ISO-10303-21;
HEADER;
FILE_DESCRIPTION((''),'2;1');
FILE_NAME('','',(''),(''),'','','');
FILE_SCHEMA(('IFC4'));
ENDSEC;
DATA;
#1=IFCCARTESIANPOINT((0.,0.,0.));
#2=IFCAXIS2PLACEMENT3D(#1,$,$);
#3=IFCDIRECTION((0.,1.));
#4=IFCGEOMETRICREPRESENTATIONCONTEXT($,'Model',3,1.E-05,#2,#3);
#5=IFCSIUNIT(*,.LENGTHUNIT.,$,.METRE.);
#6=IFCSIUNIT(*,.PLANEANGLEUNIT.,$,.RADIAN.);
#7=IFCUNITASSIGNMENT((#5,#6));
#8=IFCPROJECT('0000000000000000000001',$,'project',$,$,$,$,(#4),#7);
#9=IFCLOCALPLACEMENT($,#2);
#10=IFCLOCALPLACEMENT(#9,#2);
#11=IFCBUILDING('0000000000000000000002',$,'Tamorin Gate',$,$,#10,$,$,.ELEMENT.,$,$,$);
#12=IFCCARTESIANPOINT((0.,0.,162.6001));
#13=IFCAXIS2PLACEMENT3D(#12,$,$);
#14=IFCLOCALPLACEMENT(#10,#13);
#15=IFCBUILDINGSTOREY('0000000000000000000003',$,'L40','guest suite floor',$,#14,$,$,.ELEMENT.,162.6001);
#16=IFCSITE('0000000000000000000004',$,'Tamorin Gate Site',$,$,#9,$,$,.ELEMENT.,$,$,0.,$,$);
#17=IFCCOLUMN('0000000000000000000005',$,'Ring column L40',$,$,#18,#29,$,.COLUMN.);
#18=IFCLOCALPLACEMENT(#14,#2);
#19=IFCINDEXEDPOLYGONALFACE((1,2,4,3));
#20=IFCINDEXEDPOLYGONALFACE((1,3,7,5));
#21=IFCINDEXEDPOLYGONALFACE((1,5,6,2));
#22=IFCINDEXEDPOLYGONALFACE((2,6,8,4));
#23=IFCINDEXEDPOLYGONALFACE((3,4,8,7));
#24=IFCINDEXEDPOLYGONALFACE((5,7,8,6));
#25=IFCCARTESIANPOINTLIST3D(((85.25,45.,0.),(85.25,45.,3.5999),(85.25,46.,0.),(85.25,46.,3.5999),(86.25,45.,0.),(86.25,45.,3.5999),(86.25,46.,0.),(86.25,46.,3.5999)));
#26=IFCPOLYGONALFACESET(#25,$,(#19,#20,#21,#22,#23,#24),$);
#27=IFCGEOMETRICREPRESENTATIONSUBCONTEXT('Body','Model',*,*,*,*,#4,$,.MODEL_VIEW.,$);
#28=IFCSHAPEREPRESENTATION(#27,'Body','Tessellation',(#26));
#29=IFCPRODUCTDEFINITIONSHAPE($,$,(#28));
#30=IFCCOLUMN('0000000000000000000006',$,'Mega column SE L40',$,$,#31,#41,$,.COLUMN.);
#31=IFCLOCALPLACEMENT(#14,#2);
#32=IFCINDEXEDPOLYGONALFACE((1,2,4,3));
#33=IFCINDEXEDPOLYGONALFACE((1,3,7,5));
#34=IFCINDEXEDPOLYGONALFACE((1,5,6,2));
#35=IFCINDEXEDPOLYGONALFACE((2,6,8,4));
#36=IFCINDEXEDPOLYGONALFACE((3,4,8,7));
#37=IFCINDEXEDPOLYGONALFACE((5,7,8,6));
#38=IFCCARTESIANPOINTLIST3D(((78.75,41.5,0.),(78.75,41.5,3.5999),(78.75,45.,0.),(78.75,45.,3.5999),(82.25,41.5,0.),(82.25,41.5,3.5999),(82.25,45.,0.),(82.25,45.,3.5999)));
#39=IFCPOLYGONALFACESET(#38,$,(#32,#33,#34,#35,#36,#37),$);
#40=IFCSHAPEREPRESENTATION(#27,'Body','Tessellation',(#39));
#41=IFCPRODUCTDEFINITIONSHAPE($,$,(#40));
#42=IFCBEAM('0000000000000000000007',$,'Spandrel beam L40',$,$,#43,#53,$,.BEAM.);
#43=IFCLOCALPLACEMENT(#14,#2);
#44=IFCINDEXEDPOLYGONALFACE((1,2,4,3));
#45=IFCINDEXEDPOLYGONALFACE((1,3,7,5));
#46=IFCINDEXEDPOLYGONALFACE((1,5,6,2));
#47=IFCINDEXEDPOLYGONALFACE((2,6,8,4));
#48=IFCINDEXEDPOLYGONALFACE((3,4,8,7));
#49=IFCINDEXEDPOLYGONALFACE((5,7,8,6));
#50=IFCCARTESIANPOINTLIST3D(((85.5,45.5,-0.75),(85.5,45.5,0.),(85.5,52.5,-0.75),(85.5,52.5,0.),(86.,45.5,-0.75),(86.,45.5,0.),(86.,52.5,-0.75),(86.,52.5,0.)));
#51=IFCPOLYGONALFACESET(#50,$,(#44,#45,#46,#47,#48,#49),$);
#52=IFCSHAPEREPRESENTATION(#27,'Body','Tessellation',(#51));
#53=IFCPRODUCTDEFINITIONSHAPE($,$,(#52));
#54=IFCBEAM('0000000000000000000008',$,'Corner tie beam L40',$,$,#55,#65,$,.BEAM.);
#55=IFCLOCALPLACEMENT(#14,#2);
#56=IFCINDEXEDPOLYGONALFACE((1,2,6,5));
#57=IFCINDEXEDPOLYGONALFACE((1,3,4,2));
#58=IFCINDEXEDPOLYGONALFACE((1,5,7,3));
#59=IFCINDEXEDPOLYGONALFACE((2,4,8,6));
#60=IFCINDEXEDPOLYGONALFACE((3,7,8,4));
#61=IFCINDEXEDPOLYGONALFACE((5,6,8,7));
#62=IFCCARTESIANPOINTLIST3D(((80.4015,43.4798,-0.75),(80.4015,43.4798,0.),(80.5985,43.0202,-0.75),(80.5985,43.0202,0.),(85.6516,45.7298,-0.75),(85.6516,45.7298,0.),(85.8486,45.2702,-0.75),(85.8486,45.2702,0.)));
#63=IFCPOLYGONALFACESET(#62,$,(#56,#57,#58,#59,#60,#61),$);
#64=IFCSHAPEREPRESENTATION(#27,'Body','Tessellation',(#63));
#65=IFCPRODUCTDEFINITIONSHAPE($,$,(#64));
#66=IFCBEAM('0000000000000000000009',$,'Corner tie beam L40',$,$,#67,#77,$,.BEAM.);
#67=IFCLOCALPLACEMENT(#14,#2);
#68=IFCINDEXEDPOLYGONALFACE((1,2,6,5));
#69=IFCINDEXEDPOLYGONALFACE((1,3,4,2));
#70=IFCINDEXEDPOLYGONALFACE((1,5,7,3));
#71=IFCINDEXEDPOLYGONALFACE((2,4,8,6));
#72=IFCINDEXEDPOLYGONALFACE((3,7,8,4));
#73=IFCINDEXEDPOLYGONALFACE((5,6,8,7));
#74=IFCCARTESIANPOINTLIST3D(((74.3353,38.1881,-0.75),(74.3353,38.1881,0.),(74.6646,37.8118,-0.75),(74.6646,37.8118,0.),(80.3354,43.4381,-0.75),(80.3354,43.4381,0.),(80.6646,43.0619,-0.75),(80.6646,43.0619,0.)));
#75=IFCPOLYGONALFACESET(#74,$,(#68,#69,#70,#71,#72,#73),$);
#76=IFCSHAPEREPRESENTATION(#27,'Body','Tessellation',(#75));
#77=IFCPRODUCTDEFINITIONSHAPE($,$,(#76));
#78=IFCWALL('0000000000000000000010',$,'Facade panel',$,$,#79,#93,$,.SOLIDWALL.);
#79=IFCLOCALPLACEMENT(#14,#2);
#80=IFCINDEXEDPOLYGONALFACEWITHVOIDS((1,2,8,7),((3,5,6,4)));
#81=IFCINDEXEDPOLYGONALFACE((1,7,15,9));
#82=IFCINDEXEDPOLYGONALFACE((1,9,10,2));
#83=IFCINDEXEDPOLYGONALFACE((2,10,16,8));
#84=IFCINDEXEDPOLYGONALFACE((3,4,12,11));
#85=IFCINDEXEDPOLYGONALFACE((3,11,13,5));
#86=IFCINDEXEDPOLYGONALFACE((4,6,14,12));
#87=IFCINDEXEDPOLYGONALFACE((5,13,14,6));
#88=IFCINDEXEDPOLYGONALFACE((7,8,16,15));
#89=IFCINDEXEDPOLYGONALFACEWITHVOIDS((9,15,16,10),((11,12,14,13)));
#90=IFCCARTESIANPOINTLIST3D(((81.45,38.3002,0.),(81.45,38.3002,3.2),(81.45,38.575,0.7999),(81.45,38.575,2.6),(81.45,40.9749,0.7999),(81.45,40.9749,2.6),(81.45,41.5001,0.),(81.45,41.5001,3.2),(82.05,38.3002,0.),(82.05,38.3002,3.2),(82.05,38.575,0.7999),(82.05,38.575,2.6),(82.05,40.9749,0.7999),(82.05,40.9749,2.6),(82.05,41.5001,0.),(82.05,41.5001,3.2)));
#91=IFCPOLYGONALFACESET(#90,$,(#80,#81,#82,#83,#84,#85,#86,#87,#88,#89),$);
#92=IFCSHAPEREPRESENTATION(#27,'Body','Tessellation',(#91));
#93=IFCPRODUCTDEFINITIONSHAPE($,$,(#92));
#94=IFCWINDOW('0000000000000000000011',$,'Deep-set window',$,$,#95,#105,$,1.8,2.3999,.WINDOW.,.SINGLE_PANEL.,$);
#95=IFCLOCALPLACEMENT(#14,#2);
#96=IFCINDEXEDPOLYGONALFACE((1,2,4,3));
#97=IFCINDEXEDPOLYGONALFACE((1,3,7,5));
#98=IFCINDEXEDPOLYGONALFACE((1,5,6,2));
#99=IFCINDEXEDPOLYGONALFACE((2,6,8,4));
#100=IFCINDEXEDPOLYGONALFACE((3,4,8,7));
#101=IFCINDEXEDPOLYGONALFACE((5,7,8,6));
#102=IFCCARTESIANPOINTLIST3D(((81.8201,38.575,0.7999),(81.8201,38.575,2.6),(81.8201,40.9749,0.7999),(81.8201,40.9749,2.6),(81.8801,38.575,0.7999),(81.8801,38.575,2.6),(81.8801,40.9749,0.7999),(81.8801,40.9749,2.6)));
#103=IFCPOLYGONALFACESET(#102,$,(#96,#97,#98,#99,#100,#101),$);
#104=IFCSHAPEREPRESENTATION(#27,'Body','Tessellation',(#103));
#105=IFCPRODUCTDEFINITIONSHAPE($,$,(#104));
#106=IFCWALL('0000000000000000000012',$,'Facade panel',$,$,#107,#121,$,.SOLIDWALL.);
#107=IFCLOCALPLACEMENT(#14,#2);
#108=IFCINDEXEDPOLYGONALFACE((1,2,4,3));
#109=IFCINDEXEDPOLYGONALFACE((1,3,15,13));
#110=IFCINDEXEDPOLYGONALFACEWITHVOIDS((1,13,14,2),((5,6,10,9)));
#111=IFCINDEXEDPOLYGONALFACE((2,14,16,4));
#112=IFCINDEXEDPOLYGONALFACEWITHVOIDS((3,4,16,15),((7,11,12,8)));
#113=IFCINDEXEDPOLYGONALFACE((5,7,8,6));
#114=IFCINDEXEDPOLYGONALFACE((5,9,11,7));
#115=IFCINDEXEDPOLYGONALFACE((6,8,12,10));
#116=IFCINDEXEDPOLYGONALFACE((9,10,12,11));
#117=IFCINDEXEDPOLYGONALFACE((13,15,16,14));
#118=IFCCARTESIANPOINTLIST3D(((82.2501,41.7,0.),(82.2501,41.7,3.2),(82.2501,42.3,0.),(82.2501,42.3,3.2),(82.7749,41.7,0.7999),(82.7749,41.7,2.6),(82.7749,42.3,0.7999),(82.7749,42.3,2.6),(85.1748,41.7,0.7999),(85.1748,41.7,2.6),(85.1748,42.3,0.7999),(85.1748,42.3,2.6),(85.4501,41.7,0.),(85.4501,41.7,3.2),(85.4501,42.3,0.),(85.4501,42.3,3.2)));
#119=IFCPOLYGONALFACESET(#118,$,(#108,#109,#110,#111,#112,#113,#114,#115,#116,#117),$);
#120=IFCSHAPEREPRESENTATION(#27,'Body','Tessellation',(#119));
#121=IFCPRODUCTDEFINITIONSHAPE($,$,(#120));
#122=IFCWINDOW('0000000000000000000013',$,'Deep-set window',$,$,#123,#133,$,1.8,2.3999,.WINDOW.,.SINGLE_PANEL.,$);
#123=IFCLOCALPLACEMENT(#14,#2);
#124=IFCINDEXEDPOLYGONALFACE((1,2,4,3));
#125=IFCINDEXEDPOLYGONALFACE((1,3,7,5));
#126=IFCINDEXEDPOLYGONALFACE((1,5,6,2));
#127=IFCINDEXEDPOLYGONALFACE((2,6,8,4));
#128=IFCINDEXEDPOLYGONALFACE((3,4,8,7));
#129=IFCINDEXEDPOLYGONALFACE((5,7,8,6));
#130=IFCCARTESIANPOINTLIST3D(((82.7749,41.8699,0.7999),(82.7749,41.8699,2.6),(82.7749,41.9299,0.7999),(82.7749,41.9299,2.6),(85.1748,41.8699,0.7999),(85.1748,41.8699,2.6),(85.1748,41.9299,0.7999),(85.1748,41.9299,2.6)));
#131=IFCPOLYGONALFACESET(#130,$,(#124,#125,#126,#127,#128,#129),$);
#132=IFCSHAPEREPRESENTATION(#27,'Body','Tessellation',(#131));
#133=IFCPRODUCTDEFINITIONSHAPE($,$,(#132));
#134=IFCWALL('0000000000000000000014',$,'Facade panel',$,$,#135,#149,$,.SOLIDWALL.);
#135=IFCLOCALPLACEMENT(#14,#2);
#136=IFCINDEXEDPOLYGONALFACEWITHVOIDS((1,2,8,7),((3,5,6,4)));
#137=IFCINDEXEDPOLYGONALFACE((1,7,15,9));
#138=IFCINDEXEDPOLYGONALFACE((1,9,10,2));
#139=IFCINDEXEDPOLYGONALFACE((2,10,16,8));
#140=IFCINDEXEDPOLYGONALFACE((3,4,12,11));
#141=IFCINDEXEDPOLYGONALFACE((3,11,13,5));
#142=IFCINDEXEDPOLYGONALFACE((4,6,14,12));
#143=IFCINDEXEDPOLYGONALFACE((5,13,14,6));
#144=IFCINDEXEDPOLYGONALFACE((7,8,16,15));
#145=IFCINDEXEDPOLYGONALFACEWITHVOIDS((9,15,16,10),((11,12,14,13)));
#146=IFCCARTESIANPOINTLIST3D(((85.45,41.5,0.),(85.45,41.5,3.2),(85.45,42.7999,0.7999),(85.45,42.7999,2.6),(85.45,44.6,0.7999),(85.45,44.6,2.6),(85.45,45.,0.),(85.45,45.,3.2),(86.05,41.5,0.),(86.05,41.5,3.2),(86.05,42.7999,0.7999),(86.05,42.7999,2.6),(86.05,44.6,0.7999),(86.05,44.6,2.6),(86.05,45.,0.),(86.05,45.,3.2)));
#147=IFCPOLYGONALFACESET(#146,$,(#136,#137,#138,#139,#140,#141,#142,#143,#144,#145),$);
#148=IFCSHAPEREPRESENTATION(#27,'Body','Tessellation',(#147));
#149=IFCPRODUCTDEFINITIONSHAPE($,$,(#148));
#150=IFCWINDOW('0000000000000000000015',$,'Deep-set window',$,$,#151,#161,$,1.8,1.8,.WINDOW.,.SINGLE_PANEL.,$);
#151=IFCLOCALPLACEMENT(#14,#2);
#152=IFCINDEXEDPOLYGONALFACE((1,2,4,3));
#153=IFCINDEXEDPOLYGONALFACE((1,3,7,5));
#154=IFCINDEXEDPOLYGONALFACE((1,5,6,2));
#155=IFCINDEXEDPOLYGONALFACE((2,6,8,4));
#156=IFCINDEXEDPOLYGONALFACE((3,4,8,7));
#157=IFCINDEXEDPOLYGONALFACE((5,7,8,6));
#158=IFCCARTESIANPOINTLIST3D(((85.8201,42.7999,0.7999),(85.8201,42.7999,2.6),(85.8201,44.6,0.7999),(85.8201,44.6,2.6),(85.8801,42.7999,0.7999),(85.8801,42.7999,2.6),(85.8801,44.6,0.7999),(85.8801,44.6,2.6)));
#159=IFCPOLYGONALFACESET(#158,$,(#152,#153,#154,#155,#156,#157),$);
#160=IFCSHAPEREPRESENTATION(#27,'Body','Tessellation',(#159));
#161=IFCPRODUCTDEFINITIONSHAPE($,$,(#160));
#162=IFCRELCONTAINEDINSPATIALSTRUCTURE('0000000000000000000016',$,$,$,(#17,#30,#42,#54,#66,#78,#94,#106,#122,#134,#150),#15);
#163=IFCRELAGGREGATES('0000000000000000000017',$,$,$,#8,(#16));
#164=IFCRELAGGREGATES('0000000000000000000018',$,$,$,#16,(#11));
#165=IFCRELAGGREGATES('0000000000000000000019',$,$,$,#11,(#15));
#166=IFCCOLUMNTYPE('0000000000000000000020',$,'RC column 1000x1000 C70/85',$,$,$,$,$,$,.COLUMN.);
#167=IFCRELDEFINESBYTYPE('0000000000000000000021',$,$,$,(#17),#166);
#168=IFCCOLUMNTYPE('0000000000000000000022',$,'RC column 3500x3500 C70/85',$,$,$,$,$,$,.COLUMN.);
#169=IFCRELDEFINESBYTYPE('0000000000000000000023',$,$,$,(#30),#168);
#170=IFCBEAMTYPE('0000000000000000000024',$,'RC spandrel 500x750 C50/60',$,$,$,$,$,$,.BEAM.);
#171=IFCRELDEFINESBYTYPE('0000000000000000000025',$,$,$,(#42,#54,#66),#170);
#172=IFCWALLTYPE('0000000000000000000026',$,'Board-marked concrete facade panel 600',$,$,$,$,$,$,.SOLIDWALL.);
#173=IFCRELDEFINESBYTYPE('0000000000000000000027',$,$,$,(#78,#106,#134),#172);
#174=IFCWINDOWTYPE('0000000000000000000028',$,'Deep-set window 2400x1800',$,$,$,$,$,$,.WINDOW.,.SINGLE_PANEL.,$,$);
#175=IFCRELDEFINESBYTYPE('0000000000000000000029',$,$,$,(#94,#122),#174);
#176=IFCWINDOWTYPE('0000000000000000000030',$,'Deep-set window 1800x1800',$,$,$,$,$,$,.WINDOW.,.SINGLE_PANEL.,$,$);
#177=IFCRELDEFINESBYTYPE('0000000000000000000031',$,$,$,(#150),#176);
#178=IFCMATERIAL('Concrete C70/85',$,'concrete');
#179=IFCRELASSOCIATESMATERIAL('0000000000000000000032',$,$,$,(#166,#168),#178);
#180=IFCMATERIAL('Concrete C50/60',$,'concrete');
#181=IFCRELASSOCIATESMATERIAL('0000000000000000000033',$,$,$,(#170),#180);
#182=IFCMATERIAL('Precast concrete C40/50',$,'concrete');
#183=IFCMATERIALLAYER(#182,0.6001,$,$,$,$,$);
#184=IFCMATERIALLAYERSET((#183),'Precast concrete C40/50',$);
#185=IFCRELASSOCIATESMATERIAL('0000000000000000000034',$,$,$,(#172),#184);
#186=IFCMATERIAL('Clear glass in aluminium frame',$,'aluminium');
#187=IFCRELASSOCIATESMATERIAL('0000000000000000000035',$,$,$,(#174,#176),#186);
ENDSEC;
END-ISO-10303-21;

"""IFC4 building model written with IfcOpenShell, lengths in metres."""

from ifc_helpers import new_model, si_unit, direction, frame, frame_2d, origin, origin_2d, place, context, subcontext, project, spatial, rectangle, extrude, material, layer, layer_set, material_profile, profile_set, type_object, element, fill, save


model = new_model("IFC4")

# Units and contexts
model_context = context("Model", 3, precision=1e-05, world=origin(), true_north=direction((0.0, 1.0)))
body_context = subcontext(model_context, "Body", "Model", "MODEL_VIEW")
ifc_project = project(units=[si_unit("LENGTHUNIT", "METRE"), si_unit("PLANEANGLEUNIT", "RADIAN")], contexts=[model_context])

# Site, building, storey
site_placement = place(None, origin())
site = spatial("IfcSite", under=ifc_project, at=site_placement, Name="Tamorin Gate Site", CompositionType="ELEMENT", RefElevation=0.0)
building_placement = place(site_placement, origin())
building = spatial("IfcBuilding", under=site, at=building_placement, Name="Tamorin Gate", CompositionType="ELEMENT")
storey_placement = place(building_placement, frame((0.0, 0.0, 162.6001)))
storey = spatial("IfcBuildingStorey", under=building, at=storey_placement, Name="L40", Description="guest suite floor", CompositionType="ELEMENT", Elevation=162.6001)

# Columns
ifc_material_1 = material(Name="Concrete C70/85", Category="concrete")
ifc_material_profile_1 = material_profile(ifc_material_1, rectangle(XDim=1.0, YDim=1.0, at=origin_2d()), Name="RC 1000x1000")
ifc_profile_set_1 = profile_set([ifc_material_profile_1], Name="Concrete C70/85")
column_type_1 = type_object("IfcColumnType", Name="RC column 1000x1000 C70/85", PredefinedType="COLUMN", material=ifc_profile_set_1)
column_1_placement = place(storey_placement, frame((85.75, 45.5, 0.0), z_axis=(0.0, 0.0, 1.0), x_axis=(1.0, 0.0, 0.0)))
element("IfcColumn", 1, at=column_1_placement, inside=storey, type_object=column_type_1, Name="Ring column L40", PredefinedType="COLUMN", context=body_context, shape_type="SweptSolid", body=[
    extrude(rectangle(XDim=1.0, YDim=1.0, at=origin_2d()), origin(), (0.0, 0.0, 1.0), 3.5999),
])
ifc_material_profile_2 = material_profile(ifc_material_1, rectangle(XDim=3.5, YDim=3.5, at=origin_2d()), Name="RC 3500x3500")
ifc_profile_set_2 = profile_set([ifc_material_profile_2], Name="Concrete C70/85")
column_type_2 = type_object("IfcColumnType", Name="RC column 3500x3500 C70/85", PredefinedType="COLUMN", material=ifc_profile_set_2)
column_2_placement = place(storey_placement, frame((80.5, 43.25, 0.0), z_axis=(0.0, 0.0, 1.0), x_axis=(1.0, 0.0, 0.0)))
element("IfcColumn", 2, at=column_2_placement, inside=storey, type_object=column_type_2, Name="Mega column SE L40", PredefinedType="COLUMN", context=body_context, shape_type="SweptSolid", body=[
    extrude(rectangle(XDim=3.5, YDim=3.5, at=origin_2d()), origin(), (0.0, 0.0, 1.0), 3.5999),
])

# Beams
ifc_material_2 = material(Name="Concrete C50/60", Category="concrete")
ifc_material_profile_3 = material_profile(ifc_material_2, rectangle(XDim=0.5, YDim=0.75, at=origin_2d()), Name="RC 500x750")
ifc_profile_set_3 = profile_set([ifc_material_profile_3], Name="Concrete C50/60")
beam_type = type_object("IfcBeamType", Name="RC spandrel 500x750 C50/60", PredefinedType="BEAM", material=ifc_profile_set_3)
beam_1_placement = place(storey_placement, frame((85.75, 45.5, -0.375), z_axis=(0.0, 1.0, 0.0), x_axis=(-1.0, 0.0, 0.0)))
element("IfcBeam", 3, at=beam_1_placement, inside=storey, type_object=beam_type, Name="Spandrel beam L40", PredefinedType="BEAM", context=body_context, shape_type="SweptSolid", body=[
    extrude(rectangle(XDim=0.5, YDim=0.75, at=origin_2d()), origin(), (0.0, 0.0, 1.0), 7.0),
])
beam_2_placement = place(storey_placement, frame((80.5, 43.25, -0.375), z_axis=(0.919145, 0.393919, 0.0), x_axis=(-0.393919, 0.919145, 0.0)))
element("IfcBeam", 4, at=beam_2_placement, inside=storey, type_object=beam_type, Name="Corner tie beam L40", PredefinedType="BEAM", context=body_context, shape_type="SweptSolid", body=[
    extrude(rectangle(XDim=0.5, YDim=0.75, at=origin_2d()), origin(), (0.0, 0.0, 1.0), 5.7119),
])
beam_3_placement = place(storey_placement, frame((80.5, 43.25, -0.375), z_axis=(-0.752577, -0.658505, 0.0), x_axis=(0.658505, -0.752577, 0.0)))
element("IfcBeam", 5, at=beam_3_placement, inside=storey, type_object=beam_type, Name="Corner tie beam L40", PredefinedType="BEAM", context=body_context, shape_type="SweptSolid", body=[
    extrude(rectangle(XDim=0.5, YDim=0.75, at=origin_2d()), origin(), (0.0, 0.0, 1.0), 7.9727),
])

# Walls, openings, windows
ifc_material_3 = material(Name="Precast concrete C40/50", Category="concrete")
ifc_layer_1 = layer(ifc_material_3, 0.6001)
ifc_layer_set_1 = layer_set([ifc_layer_1], Name="Precast concrete C40/50")
wall_type_1 = type_object("IfcWallType", Name="Board-marked concrete facade panel 600", PredefinedType="SOLIDWALL", material=ifc_layer_set_1)
wall_1_placement = place(storey_placement, frame((81.75, 38.3, 0.0), z_axis=(0.0, 0.0, 1.0), x_axis=(0.0, 1.0, 0.0)))
wall_1 = element("IfcWall", 6, at=wall_1_placement, inside=storey, type_object=wall_type_1, Name="Facade panel", PredefinedType="SOLIDWALL", context=body_context, shape_type="SweptSolid", body=[
    extrude(rectangle(XDim=3.2, YDim=0.6001, at=frame_2d((1.6001, 0.0))), origin(), (0.0, 0.0, 1.0), 3.2),
])
opening_1_placement = place(wall_1_placement, frame((0.2749, 0.0, 0.8)))
opening_1 = element("IfcOpeningElement", 7, at=opening_1_placement, cuts=wall_1, PredefinedType="OPENING", context=body_context, shape_type="SweptSolid", body=[
    extrude(rectangle(XDim=2.3999, YDim=1.8, at=frame_2d((1.2, 0.8999))), frame((0.0, 0.3101, 0.0), z_axis=(0.0, -1.0, 0.0), x_axis=(1.0, 0.0, 0.0)), (0.0, 0.0, 1.0), 0.6201),
])
ifc_material_4 = material(Name="Clear glass in aluminium frame", Category="aluminium")
window_type_1 = type_object("IfcWindowType", Name="Deep-set window 2400x1800", PartitioningType="SINGLE_PANEL", PredefinedType="WINDOW", material=ifc_material_4)
window_1_placement = place(opening_1_placement, origin())
window_1 = element("IfcWindow", 8, at=window_1_placement, inside=storey, type_object=window_type_1, Name="Deep-set window", OverallHeight=1.8, OverallWidth=2.3999, PartitioningType="SINGLE_PANEL", PredefinedType="WINDOW", context=body_context, shape_type="SweptSolid", body=[
    extrude(rectangle(XDim=2.3999, YDim=1.8, at=frame_2d((1.2, 0.8999))), frame((0.0, -0.0701, 0.0), z_axis=(0.0, -1.0, 0.0), x_axis=(1.0, 0.0, 0.0)), (0.0, 0.0, 1.0), 0.0601),
])
fill(opening_1, window_1)
wall_2_placement = place(storey_placement, frame((82.25, 42.0, 0.0), z_axis=(0.0, 0.0, 1.0), x_axis=(1.0, 0.0, 0.0)))
wall_2 = element("IfcWall", 9, at=wall_2_placement, inside=storey, type_object=wall_type_1, Name="Facade panel", PredefinedType="SOLIDWALL", context=body_context, shape_type="SweptSolid", body=[
    extrude(rectangle(XDim=3.2, YDim=0.6001, at=frame_2d((1.6001, 0.0))), origin(), (0.0, 0.0, 1.0), 3.2),
])
opening_2_placement = place(wall_2_placement, frame((0.5249, 0.0, 0.8)))
opening_2 = element("IfcOpeningElement", 10, at=opening_2_placement, cuts=wall_2, PredefinedType="OPENING", context=body_context, shape_type="SweptSolid", body=[
    extrude(rectangle(XDim=2.3999, YDim=1.8, at=frame_2d((1.2, 0.8999))), frame((0.0, 0.3101, 0.0), z_axis=(0.0, -1.0, 0.0), x_axis=(1.0, 0.0, 0.0)), (0.0, 0.0, 1.0), 0.6201),
])
window_2_placement = place(opening_2_placement, origin())
window_2 = element("IfcWindow", 11, at=window_2_placement, inside=storey, type_object=window_type_1, Name="Deep-set window", OverallHeight=1.8, OverallWidth=2.3999, PartitioningType="SINGLE_PANEL", PredefinedType="WINDOW", context=body_context, shape_type="SweptSolid", body=[
    extrude(rectangle(XDim=2.3999, YDim=1.8, at=frame_2d((1.2, 0.8999))), frame((0.0, -0.0701, 0.0), z_axis=(0.0, -1.0, 0.0), x_axis=(1.0, 0.0, 0.0)), (0.0, 0.0, 1.0), 0.0601),
])
fill(opening_2, window_2)
wall_3_placement = place(storey_placement, frame((85.75, 41.5, 0.0), z_axis=(0.0, 0.0, 1.0), x_axis=(0.0, 1.0, 0.0)))
wall_3 = element("IfcWall", 12, at=wall_3_placement, inside=storey, type_object=wall_type_1, Name="Facade panel", PredefinedType="SOLIDWALL", context=body_context, shape_type="SweptSolid", body=[
    extrude(rectangle(XDim=3.5, YDim=0.6001, at=frame_2d((1.75, 0.0))), origin(), (0.0, 0.0, 1.0), 3.2),
])
opening_3_placement = place(wall_3_placement, frame((1.3, 0.0, 0.8)))
opening_3 = element("IfcOpeningElement", 13, at=opening_3_placement, cuts=wall_3, PredefinedType="OPENING", context=body_context, shape_type="SweptSolid", body=[
    extrude(rectangle(XDim=1.8, YDim=1.8, at=frame_2d((0.8999, 0.8999))), frame((0.0, 0.3101, 0.0), z_axis=(0.0, -1.0, 0.0), x_axis=(1.0, 0.0, 0.0)), (0.0, 0.0, 1.0), 0.6201),
])
window_type_2 = type_object("IfcWindowType", Name="Deep-set window 1800x1800", PartitioningType="SINGLE_PANEL", PredefinedType="WINDOW", material=ifc_material_4)
window_3_placement = place(opening_3_placement, origin())
window_3 = element("IfcWindow", 14, at=window_3_placement, inside=storey, type_object=window_type_2, Name="Deep-set window", OverallHeight=1.8, OverallWidth=1.8, PartitioningType="SINGLE_PANEL", PredefinedType="WINDOW", context=body_context, shape_type="SweptSolid", body=[
    extrude(rectangle(XDim=1.8, YDim=1.8, at=frame_2d((0.8999, 0.8999))), frame((0.0, -0.0701, 0.0), z_axis=(0.0, -1.0, 0.0), x_axis=(1.0, 0.0, 0.0)), (0.0, 0.0, 1.0), 0.0601),
])
fill(opening_3, window_3)

save(model, "model.ifc")
